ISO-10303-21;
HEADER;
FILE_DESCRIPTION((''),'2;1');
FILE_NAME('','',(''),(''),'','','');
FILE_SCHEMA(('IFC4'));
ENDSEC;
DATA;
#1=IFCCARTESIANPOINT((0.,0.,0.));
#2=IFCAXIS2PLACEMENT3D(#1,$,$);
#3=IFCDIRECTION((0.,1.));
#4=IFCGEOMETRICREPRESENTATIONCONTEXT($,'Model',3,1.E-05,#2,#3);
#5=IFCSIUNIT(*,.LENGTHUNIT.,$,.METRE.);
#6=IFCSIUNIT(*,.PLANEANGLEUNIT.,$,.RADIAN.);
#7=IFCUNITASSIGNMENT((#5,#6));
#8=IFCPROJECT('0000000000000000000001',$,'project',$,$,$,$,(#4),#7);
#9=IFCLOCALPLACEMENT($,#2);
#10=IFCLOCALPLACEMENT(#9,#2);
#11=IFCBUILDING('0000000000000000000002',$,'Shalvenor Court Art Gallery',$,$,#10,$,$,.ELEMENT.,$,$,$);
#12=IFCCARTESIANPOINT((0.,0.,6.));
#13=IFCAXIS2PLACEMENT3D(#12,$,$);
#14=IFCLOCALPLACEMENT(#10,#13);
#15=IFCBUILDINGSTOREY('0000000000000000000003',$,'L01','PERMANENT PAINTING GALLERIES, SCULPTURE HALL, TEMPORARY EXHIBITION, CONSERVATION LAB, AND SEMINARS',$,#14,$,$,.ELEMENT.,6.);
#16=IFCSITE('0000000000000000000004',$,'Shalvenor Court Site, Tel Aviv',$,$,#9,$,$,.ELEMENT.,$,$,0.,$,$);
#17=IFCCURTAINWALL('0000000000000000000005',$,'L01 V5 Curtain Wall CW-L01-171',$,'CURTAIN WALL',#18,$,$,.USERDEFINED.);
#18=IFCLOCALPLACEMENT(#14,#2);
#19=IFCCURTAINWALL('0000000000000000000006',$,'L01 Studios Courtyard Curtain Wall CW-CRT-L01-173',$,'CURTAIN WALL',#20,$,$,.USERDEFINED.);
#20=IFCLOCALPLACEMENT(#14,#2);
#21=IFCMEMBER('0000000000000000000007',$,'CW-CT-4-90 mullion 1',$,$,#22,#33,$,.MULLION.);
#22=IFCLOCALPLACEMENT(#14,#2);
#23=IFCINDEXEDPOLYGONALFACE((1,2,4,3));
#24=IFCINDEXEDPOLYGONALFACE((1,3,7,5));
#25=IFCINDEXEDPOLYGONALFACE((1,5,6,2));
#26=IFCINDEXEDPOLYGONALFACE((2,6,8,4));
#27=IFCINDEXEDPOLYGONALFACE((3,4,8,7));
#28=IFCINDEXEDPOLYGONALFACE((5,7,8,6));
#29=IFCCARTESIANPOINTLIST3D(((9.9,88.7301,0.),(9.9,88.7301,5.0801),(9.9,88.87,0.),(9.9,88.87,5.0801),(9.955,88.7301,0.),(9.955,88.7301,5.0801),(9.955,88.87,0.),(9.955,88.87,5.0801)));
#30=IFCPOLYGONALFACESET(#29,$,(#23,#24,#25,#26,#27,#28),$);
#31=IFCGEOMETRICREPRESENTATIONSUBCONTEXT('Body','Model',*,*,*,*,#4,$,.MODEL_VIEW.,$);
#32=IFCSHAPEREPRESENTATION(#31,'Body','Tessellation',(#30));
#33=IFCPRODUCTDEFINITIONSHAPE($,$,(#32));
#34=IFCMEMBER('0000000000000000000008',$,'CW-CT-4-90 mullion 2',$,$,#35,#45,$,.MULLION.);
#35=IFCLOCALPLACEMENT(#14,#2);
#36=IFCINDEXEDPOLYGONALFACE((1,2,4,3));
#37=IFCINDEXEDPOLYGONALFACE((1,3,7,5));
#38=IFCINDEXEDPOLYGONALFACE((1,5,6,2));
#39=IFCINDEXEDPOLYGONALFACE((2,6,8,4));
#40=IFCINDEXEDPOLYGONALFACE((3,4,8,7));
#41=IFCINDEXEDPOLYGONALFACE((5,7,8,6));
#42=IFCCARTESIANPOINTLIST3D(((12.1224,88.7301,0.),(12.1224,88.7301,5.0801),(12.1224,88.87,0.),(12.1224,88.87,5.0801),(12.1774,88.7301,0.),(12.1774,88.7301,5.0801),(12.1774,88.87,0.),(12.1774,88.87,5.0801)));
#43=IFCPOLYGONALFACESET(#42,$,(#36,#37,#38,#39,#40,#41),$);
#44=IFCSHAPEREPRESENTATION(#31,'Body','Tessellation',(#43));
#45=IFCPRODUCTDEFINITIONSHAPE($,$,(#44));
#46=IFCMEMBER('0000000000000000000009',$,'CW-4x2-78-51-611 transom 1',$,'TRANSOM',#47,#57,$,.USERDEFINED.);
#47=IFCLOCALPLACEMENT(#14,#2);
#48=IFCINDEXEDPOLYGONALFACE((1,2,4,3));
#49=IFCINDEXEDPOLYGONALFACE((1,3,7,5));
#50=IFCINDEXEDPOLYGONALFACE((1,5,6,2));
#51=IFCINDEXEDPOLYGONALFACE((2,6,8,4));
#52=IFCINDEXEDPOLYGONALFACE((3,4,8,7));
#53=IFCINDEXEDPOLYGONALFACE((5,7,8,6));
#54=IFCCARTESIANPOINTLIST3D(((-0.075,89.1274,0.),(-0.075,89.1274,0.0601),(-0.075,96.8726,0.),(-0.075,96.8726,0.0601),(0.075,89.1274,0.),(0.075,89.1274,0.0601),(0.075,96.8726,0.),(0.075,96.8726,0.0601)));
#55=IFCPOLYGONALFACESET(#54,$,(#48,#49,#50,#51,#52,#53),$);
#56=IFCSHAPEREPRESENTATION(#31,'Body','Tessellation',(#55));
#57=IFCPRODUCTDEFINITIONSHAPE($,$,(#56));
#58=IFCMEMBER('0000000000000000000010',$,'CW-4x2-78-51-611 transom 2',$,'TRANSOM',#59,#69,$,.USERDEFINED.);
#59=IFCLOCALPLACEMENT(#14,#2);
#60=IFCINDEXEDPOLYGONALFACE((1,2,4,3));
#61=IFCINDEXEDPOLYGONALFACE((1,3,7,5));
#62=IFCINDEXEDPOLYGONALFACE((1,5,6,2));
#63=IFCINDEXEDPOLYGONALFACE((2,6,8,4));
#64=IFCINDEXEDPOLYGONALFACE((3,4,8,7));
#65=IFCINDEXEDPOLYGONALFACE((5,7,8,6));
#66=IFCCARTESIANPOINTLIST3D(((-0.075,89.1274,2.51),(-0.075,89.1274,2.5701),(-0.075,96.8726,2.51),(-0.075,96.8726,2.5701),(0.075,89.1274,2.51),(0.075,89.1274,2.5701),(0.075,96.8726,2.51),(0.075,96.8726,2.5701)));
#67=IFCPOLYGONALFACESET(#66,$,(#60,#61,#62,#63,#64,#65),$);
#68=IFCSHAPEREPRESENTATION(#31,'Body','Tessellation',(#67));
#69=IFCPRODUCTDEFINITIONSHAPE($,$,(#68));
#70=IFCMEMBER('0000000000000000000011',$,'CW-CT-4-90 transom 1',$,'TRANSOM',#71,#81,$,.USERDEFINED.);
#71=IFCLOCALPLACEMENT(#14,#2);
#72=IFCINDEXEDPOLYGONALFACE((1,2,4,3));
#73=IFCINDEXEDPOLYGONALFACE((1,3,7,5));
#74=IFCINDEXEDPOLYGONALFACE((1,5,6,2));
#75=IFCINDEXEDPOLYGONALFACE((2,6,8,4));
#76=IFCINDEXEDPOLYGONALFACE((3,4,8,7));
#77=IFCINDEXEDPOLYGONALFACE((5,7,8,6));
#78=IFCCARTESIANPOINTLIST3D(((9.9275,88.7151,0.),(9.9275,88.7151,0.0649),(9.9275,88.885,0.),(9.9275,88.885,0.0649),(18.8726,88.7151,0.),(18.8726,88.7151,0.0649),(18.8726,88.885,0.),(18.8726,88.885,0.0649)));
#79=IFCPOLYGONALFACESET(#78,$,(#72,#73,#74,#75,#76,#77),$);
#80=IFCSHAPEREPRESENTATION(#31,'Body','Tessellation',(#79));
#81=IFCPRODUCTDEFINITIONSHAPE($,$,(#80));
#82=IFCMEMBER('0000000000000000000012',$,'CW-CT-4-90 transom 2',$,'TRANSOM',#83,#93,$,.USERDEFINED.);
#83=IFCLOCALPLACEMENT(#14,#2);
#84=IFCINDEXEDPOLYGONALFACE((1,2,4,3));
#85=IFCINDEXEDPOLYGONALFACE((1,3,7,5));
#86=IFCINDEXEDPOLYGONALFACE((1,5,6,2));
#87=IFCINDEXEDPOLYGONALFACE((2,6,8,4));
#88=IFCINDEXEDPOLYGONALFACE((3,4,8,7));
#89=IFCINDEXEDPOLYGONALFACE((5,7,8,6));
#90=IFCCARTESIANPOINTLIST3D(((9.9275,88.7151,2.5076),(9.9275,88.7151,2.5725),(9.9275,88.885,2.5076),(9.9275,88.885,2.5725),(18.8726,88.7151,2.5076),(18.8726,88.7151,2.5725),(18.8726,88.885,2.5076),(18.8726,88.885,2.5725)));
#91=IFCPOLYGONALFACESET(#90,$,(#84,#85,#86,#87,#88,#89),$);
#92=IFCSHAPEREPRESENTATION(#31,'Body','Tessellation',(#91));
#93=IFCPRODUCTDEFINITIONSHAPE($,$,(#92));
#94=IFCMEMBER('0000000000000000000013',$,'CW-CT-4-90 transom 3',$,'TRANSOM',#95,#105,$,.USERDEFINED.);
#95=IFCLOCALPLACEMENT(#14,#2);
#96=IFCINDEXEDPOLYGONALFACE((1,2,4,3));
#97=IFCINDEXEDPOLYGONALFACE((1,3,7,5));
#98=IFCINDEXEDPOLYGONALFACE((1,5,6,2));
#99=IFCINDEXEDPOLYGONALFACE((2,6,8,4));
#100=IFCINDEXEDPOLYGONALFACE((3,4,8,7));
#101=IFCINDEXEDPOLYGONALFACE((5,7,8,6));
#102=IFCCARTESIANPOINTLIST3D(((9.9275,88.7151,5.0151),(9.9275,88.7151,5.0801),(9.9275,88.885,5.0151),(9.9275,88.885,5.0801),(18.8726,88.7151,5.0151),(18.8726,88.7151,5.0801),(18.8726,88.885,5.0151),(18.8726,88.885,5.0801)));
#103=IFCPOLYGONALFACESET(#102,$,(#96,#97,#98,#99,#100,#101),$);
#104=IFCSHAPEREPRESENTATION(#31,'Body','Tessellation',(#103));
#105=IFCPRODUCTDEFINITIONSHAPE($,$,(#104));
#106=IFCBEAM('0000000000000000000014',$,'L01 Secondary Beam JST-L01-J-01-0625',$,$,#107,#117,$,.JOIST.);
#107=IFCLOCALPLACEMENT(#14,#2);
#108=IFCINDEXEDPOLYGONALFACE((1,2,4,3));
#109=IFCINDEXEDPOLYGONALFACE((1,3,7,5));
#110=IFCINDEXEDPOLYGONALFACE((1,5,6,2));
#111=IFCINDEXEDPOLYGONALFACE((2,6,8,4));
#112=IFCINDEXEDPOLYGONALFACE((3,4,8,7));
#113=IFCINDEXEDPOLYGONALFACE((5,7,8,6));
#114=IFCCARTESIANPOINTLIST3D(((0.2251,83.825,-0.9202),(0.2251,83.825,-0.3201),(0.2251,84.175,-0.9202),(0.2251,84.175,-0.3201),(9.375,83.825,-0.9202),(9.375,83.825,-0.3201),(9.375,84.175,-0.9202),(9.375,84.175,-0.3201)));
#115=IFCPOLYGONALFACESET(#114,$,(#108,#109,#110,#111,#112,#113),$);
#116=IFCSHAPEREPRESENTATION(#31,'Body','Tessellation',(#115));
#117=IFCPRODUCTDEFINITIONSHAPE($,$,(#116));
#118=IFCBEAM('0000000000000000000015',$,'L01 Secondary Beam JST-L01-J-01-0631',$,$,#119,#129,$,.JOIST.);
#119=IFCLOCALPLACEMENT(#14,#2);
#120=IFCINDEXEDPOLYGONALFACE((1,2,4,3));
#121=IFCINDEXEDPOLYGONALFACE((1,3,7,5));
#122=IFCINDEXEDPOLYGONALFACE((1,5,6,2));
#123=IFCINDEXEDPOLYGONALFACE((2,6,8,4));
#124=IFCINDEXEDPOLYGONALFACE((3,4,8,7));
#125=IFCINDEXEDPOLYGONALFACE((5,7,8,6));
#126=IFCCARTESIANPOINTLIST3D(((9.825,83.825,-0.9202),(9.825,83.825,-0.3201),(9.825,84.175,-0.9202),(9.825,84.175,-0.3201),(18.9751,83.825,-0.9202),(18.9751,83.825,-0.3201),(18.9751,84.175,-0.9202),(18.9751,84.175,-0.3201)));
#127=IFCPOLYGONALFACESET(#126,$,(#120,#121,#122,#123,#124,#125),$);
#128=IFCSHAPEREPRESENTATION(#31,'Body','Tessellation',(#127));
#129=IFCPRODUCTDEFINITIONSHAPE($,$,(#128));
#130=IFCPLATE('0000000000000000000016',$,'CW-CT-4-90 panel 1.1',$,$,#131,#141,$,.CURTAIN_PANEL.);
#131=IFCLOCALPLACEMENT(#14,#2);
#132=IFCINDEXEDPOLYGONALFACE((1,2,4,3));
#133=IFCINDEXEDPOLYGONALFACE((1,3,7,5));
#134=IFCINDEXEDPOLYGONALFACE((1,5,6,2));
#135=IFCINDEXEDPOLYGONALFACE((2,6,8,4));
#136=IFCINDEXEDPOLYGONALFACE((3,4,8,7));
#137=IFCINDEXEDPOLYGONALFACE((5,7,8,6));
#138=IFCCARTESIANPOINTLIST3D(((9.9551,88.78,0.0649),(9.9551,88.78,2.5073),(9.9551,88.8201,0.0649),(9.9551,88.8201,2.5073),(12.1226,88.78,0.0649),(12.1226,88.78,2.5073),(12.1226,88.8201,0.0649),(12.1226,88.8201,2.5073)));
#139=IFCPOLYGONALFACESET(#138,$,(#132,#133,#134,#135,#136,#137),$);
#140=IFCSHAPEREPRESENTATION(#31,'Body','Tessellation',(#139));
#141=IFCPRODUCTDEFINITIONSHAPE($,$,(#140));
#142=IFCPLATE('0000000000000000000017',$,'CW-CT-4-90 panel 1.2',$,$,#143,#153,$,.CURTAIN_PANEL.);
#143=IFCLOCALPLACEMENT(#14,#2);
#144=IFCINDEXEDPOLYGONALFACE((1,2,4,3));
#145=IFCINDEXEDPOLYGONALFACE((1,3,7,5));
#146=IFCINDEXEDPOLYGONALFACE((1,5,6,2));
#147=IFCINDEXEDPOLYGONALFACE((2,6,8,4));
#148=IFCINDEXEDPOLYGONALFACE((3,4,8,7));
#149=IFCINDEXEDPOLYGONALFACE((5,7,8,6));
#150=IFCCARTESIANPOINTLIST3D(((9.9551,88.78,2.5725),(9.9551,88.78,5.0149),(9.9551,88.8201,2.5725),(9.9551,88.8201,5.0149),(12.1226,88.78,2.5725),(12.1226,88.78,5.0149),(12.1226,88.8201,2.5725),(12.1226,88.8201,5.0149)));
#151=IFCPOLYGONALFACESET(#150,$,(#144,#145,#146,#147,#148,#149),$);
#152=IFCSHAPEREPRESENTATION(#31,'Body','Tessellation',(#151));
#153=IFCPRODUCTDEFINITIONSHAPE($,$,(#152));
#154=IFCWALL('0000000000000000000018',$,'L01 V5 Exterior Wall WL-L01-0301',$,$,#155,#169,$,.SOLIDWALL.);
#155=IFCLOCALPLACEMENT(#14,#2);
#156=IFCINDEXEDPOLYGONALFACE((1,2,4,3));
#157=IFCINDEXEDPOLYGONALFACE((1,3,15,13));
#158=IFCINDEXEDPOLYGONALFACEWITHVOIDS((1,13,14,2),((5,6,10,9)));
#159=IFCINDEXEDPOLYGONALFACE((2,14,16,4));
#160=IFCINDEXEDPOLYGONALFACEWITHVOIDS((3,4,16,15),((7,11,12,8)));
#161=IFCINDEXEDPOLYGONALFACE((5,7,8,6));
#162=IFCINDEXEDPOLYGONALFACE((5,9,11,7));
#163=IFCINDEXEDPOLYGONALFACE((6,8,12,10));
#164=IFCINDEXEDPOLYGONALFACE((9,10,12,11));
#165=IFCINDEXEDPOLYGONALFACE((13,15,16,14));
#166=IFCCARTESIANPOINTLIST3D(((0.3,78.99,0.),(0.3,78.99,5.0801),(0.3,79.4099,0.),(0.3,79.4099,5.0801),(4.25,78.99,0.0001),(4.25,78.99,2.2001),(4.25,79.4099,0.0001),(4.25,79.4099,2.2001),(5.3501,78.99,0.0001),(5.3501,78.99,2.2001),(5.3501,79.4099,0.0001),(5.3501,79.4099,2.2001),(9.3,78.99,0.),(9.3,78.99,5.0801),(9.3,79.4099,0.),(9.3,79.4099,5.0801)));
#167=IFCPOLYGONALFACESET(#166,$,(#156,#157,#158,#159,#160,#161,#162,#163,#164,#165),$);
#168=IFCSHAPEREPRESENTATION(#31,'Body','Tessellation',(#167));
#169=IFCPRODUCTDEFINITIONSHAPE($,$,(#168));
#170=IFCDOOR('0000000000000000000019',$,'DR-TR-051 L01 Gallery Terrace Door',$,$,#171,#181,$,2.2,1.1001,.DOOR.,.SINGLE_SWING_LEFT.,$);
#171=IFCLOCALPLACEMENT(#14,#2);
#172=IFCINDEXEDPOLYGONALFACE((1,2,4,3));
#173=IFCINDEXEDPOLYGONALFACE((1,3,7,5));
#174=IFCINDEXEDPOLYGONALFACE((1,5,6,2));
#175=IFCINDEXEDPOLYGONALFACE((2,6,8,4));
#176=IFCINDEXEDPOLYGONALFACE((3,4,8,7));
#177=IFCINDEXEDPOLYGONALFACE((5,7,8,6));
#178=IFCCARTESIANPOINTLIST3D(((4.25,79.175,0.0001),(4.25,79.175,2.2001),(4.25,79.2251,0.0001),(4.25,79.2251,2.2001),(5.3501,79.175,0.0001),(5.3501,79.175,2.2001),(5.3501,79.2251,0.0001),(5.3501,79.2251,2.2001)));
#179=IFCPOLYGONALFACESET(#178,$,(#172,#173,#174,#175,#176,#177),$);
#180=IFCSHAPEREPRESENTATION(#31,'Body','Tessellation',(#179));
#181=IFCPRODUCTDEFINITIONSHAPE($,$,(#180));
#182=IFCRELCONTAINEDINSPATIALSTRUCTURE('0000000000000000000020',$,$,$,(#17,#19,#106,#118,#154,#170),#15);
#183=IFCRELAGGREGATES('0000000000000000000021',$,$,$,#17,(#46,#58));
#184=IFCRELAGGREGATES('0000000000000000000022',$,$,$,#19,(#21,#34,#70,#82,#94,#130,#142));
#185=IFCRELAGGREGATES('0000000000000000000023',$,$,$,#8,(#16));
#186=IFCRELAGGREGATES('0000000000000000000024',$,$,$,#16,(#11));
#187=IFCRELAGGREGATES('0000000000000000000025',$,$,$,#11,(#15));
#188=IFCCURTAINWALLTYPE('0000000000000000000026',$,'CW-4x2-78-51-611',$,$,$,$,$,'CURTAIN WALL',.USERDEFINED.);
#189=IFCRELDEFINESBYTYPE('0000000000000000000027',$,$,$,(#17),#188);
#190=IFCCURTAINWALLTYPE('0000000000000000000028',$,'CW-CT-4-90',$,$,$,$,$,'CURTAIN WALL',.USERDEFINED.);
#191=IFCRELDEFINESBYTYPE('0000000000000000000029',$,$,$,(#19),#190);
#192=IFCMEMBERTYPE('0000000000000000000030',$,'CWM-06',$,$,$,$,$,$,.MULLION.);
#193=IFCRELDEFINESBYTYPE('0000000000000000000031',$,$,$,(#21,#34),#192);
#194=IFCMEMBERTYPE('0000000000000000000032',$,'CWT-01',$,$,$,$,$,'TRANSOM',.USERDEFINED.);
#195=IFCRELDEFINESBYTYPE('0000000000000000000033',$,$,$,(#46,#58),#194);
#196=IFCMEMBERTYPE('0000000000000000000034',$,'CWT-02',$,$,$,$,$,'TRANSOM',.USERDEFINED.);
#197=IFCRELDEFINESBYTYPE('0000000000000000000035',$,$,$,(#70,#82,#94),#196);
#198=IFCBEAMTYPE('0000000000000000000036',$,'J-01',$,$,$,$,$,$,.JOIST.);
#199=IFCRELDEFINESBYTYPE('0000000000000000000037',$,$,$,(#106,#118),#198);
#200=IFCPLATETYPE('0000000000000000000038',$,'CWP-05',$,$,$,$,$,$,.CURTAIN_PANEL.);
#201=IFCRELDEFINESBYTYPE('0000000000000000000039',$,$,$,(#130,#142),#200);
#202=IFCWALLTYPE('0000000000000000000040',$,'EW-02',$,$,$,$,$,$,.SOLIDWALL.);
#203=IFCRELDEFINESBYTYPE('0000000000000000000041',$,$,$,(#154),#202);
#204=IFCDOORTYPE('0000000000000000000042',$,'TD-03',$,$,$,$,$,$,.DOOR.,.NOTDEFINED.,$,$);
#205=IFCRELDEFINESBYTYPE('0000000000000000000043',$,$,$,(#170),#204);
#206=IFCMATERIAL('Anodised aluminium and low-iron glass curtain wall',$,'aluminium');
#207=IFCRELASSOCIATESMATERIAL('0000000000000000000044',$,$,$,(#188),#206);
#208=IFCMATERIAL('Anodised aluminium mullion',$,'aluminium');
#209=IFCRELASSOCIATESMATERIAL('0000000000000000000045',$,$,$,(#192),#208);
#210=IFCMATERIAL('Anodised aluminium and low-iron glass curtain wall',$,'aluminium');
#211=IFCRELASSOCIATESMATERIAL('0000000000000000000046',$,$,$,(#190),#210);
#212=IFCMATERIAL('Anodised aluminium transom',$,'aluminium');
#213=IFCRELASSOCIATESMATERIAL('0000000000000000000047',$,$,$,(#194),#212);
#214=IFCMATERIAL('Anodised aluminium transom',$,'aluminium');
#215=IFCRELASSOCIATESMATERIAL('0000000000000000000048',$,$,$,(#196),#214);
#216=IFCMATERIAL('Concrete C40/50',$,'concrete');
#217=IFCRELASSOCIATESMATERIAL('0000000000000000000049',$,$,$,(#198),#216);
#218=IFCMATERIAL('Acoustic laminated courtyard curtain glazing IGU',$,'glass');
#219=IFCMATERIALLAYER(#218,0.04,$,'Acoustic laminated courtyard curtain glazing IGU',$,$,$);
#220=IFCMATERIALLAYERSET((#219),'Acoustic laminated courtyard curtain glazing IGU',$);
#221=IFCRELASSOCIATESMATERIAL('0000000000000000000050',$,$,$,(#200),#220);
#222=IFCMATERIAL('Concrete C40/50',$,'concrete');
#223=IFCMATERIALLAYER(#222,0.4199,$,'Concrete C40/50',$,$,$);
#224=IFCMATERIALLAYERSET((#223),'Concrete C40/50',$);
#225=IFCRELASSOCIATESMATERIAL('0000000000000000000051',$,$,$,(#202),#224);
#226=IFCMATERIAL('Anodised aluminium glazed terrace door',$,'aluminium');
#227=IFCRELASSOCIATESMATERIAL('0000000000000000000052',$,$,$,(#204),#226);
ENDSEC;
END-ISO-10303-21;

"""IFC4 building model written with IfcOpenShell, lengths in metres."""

from ifc_helpers import new_model, si_unit, direction, frame, frame_2d, origin, origin_2d, place, context, subcontext, project, spatial, rectangle, extrude, material, layer, layer_set, material_profile, profile_set, type_object, element, fill, aggregate, save


model = new_model("IFC4")

# Units and contexts
model_context = context("Model", 3, precision=1e-05, world=origin(), true_north=direction((0.0, 1.0)))
body_context = subcontext(model_context, "Body", "Model", "MODEL_VIEW")
ifc_project = project(units=[si_unit("LENGTHUNIT", "METRE"), si_unit("PLANEANGLEUNIT", "RADIAN")], contexts=[model_context])

# Site, building, storey
site_placement = place(None, origin())
site = spatial("IfcSite", under=ifc_project, at=site_placement, Name="Shalvenor Court Site, Tel Aviv", CompositionType="ELEMENT", RefElevation=0.0)
building_placement = place(site_placement, origin())
building = spatial("IfcBuilding", under=site, at=building_placement, Name="Shalvenor Court Art Gallery", CompositionType="ELEMENT")
storey_placement = place(building_placement, frame((0.0, 0.0, 6.0)))
storey = spatial("IfcBuildingStorey", under=building, at=storey_placement, Name="L01", Description="PERMANENT PAINTING GALLERIES, SCULPTURE HALL, TEMPORARY EXHIBITION, CONSERVATION LAB, AND SEMINARS", CompositionType="ELEMENT", Elevation=6.0)

# Curtain wall
ifc_material_1 = material(Name="Anodised aluminium and low-iron glass curtain wall", Category="aluminium")
curtain_wall_type_1 = type_object("IfcCurtainWallType", Name="CW-4x2-78-51-611", ElementType="CURTAIN WALL", PredefinedType="USERDEFINED", material=ifc_material_1)
curtain_wall_1_placement = place(storey_placement, origin())
curtain_wall_1 = element("IfcCurtainWall", 1, at=curtain_wall_1_placement, inside=storey, type_object=curtain_wall_type_1, Name="L01 V5 Curtain Wall CW-L01-171", ObjectType="CURTAIN WALL", PredefinedType="USERDEFINED")
ifc_material_2 = material(Name="Anodised aluminium mullion", Category="aluminium")
ifc_material_profile_1 = material_profile(ifc_material_2, rectangle(XDim=0.0549, YDim=0.1399, at=origin_2d()), Name="CWM-06")
ifc_profile_set_1 = profile_set([ifc_material_profile_1], Name="Anodised aluminium mullion")
member_type_1 = type_object("IfcMemberType", Name="CWM-06", PredefinedType="MULLION", material=ifc_profile_set_1)

# Curtain wall, members
ifc_material_3 = material(Name="Anodised aluminium and low-iron glass curtain wall", Category="aluminium")
curtain_wall_type_2 = type_object("IfcCurtainWallType", Name="CW-CT-4-90", ElementType="CURTAIN WALL", PredefinedType="USERDEFINED", material=ifc_material_3)
curtain_wall_2_placement = place(storey_placement, origin())
curtain_wall_2 = element("IfcCurtainWall", 2, at=curtain_wall_2_placement, inside=storey, type_object=curtain_wall_type_2, Name="L01 Studios Courtyard Curtain Wall CW-CRT-L01-173", ObjectType="CURTAIN WALL", PredefinedType="USERDEFINED")
member_1_placement = place(storey_placement, frame((9.9275, 88.8, 0.0), z_axis=(0.0, 0.0, 1.0), x_axis=(1.0, 0.0, 0.0)))
member_1 = element("IfcMember", 3, at=member_1_placement, type_object=member_type_1, Name="CW-CT-4-90 mullion 1", PredefinedType="MULLION", context=body_context, shape_type="SweptSolid", body=[
    extrude(rectangle(XDim=0.0549, YDim=0.1399, at=origin_2d()), origin(), (0.0, 0.0, 1.0), 5.0801),
])
member_2_placement = place(storey_placement, frame((12.1499, 88.8, 0.0), z_axis=(0.0, 0.0, 1.0), x_axis=(1.0, 0.0, 0.0)))
member_2 = element("IfcMember", 4, at=member_2_placement, type_object=member_type_1, Name="CW-CT-4-90 mullion 2", PredefinedType="MULLION", context=body_context, shape_type="SweptSolid", body=[
    extrude(rectangle(XDim=0.0549, YDim=0.1399, at=origin_2d()), origin(), (0.0, 0.0, 1.0), 5.0801),
])

# Members
ifc_material_4 = material(Name="Anodised aluminium transom", Category="aluminium")
ifc_material_profile_2 = material_profile(ifc_material_4, rectangle(XDim=0.1499, YDim=0.0601, at=origin_2d()), Name="CWT-01")
ifc_profile_set_2 = profile_set([ifc_material_profile_2], Name="Anodised aluminium transom")
member_type_2 = type_object("IfcMemberType", Name="CWT-01", ElementType="TRANSOM", PredefinedType="USERDEFINED", material=ifc_profile_set_2)
member_3_placement = place(storey_placement, frame((0.0, 89.1274, 0.03), z_axis=(0.0, 1.0, 0.0), x_axis=(-1.0, 0.0, 0.0)))
member_3 = element("IfcMember", 5, at=member_3_placement, type_object=member_type_2, Name="CW-4x2-78-51-611 transom 1", ObjectType="TRANSOM", PredefinedType="USERDEFINED", context=body_context, shape_type="SweptSolid", body=[
    extrude(rectangle(XDim=0.1499, YDim=0.0601, at=origin_2d()), origin(), (0.0, 0.0, 1.0), 7.7451),
])
member_4_placement = place(storey_placement, frame((0.0, 89.1274, 2.54), z_axis=(0.0, 1.0, 0.0), x_axis=(-1.0, 0.0, 0.0)))
member_4 = element("IfcMember", 6, at=member_4_placement, type_object=member_type_2, Name="CW-4x2-78-51-611 transom 2", ObjectType="TRANSOM", PredefinedType="USERDEFINED", context=body_context, shape_type="SweptSolid", body=[
    extrude(rectangle(XDim=0.1499, YDim=0.0601, at=origin_2d()), origin(), (0.0, 0.0, 1.0), 7.7451),
])
aggregate(curtain_wall_1, [member_3, member_4])
ifc_material_5 = material(Name="Anodised aluminium transom", Category="aluminium")
ifc_material_profile_3 = material_profile(ifc_material_5, rectangle(XDim=0.1699, YDim=0.0649, at=origin_2d()), Name="CWT-02")
ifc_profile_set_3 = profile_set([ifc_material_profile_3], Name="Anodised aluminium transom")
member_type_3 = type_object("IfcMemberType", Name="CWT-02", ElementType="TRANSOM", PredefinedType="USERDEFINED", material=ifc_profile_set_3)
member_5_placement = place(storey_placement, frame((9.9275, 88.8, 0.0325), z_axis=(1.0, 0.0, 0.0), x_axis=(0.0, 1.0, 0.0)))
member_5 = element("IfcMember", 7, at=member_5_placement, type_object=member_type_3, Name="CW-CT-4-90 transom 1", ObjectType="TRANSOM", PredefinedType="USERDEFINED", context=body_context, shape_type="SweptSolid", body=[
    extrude(rectangle(XDim=0.1699, YDim=0.0649, at=origin_2d()), origin(), (0.0, 0.0, 1.0), 8.9451),
])
member_6_placement = place(storey_placement, frame((9.9275, 88.8, 2.54), z_axis=(1.0, 0.0, 0.0), x_axis=(0.0, 1.0, 0.0)))
member_6 = element("IfcMember", 8, at=member_6_placement, type_object=member_type_3, Name="CW-CT-4-90 transom 2", ObjectType="TRANSOM", PredefinedType="USERDEFINED", context=body_context, shape_type="SweptSolid", body=[
    extrude(rectangle(XDim=0.1699, YDim=0.0649, at=origin_2d()), origin(), (0.0, 0.0, 1.0), 8.9451),
])
member_7_placement = place(storey_placement, frame((9.9275, 88.8, 5.0476), z_axis=(1.0, 0.0, 0.0), x_axis=(0.0, 1.0, 0.0)))
member_7 = element("IfcMember", 9, at=member_7_placement, type_object=member_type_3, Name="CW-CT-4-90 transom 3", ObjectType="TRANSOM", PredefinedType="USERDEFINED", context=body_context, shape_type="SweptSolid", body=[
    extrude(rectangle(XDim=0.1699, YDim=0.0649, at=origin_2d()), origin(), (0.0, 0.0, 1.0), 8.9451),
])

# Beams
ifc_material_6 = material(Name="Concrete C40/50", Category="concrete")
ifc_material_profile_4 = material_profile(ifc_material_6, rectangle(XDim=0.3501, YDim=0.6001, at=origin_2d()), Name="RC 350x600")
ifc_profile_set_4 = profile_set([ifc_material_profile_4], Name="Concrete C40/50")
beam_type_1 = type_object("IfcBeamType", Name="J-01", PredefinedType="JOIST", material=ifc_profile_set_4)
beam_1_placement = place(storey_placement, frame((0.2251, 84.0, -0.6201), z_axis=(1.0, 0.0, 0.0), x_axis=(0.0, 1.0, 0.0)))
element("IfcBeam", 10, at=beam_1_placement, inside=storey, type_object=beam_type_1, Name="L01 Secondary Beam JST-L01-J-01-0625", PredefinedType="JOIST", context=body_context, shape_type="SweptSolid", body=[
    extrude(rectangle(XDim=0.3501, YDim=0.6001, at=origin_2d()), origin(), (0.0, 0.0, 1.0), 9.1499),
])
beam_2_placement = place(storey_placement, frame((9.825, 84.0, -0.6201), z_axis=(1.0, 0.0, 0.0), x_axis=(0.0, 1.0, 0.0)))
element("IfcBeam", 11, at=beam_2_placement, inside=storey, type_object=beam_type_1, Name="L01 Secondary Beam JST-L01-J-01-0631", PredefinedType="JOIST", context=body_context, shape_type="SweptSolid", body=[
    extrude(rectangle(XDim=0.3501, YDim=0.6001, at=origin_2d()), origin(), (0.0, 0.0, 1.0), 9.1501),
])

# Plates
ifc_material_7 = material(Name="Acoustic laminated courtyard curtain glazing IGU", Category="glass")
ifc_layer_1 = layer(ifc_material_7, 0.04, Name="Acoustic laminated courtyard curtain glazing IGU")
ifc_layer_set_1 = layer_set([ifc_layer_1], Name="Acoustic laminated courtyard curtain glazing IGU")
plate_type = type_object("IfcPlateType", Name="CWP-05", PredefinedType="CURTAIN_PANEL", material=ifc_layer_set_1)
plate_1_placement = place(storey_placement, frame((11.0388, 88.8, 0.0649), z_axis=(0.0, 0.0, 1.0), x_axis=(1.0, 0.0, 0.0)))
plate_1 = element("IfcPlate", 12, at=plate_1_placement, type_object=plate_type, Name="CW-CT-4-90 panel 1.1", PredefinedType="CURTAIN_PANEL", context=body_context, shape_type="SweptSolid", body=[
    extrude(rectangle(XDim=2.1675, YDim=0.04, at=origin_2d()), origin(), (0.0, 0.0, 1.0), 2.4424),
])
plate_2_placement = place(storey_placement, frame((11.0388, 88.8, 2.5725), z_axis=(0.0, 0.0, 1.0), x_axis=(1.0, 0.0, 0.0)))
plate_2 = element("IfcPlate", 13, at=plate_2_placement, type_object=plate_type, Name="CW-CT-4-90 panel 1.2", PredefinedType="CURTAIN_PANEL", context=body_context, shape_type="SweptSolid", body=[
    extrude(rectangle(XDim=2.1675, YDim=0.04, at=origin_2d()), origin(), (0.0, 0.0, 1.0), 2.4424),
])
aggregate(curtain_wall_2, [member_1, member_2, member_5, member_6, member_7, plate_1, plate_2])

# Wall, opening, door
ifc_material_8 = material(Name="Concrete C40/50", Category="concrete")
ifc_layer_2 = layer(ifc_material_8, 0.4199, Name="Concrete C40/50")
ifc_layer_set_2 = layer_set([ifc_layer_2], Name="Concrete C40/50")
wall_type = type_object("IfcWallType", Name="EW-02", PredefinedType="SOLIDWALL", material=ifc_layer_set_2)
wall_1_placement = place(storey_placement, frame((9.3, 79.2, 0.0), z_axis=(0.0, 0.0, 1.0), x_axis=(-1.0, 0.0, 0.0)))
wall_1 = element("IfcWall", 14, at=wall_1_placement, inside=storey, type_object=wall_type, Name="L01 V5 Exterior Wall WL-L01-0301", PredefinedType="SOLIDWALL", context=body_context, shape_type="SweptSolid", body=[
    extrude(rectangle(XDim=9.0, YDim=0.4199, at=frame_2d((4.5, 0.0))), origin(), (0.0, 0.0, 1.0), 5.0801),
])
opening_placement = place(wall_1_placement, frame((3.95, 0.0, 0.0)))
opening = element("IfcOpeningElement", 15, at=opening_placement, cuts=wall_1, PredefinedType="OPENING", context=body_context, shape_type="SweptSolid", body=[
    extrude(rectangle(XDim=1.1001, YDim=2.2, at=frame_2d((0.55, 1.1001))), frame((0.0, 0.22, 0.0), z_axis=(0.0, -1.0, 0.0), x_axis=(1.0, 0.0, 0.0)), (0.0, 0.0, 1.0), 0.4399),
])
ifc_material_9 = material(Name="Anodised aluminium glazed terrace door", Category="aluminium")
door_type = type_object("IfcDoorType", Name="TD-03", OperationType="NOTDEFINED", PredefinedType="DOOR", material=ifc_material_9)
door_placement = place(opening_placement, origin())
door = element("IfcDoor", 16, at=door_placement, inside=storey, type_object=door_type, Name="DR-TR-051 L01 Gallery Terrace Door", OperationType="SINGLE_SWING_LEFT", OverallHeight=2.2, OverallWidth=1.1001, PredefinedType="DOOR", context=body_context, shape_type="SweptSolid", body=[
    extrude(rectangle(XDim=1.1001, YDim=2.2, at=frame_2d((0.55, 1.1001))), frame((0.0, 0.0249, 0.0), z_axis=(0.0, -1.0, 0.0), x_axis=(1.0, 0.0, 0.0)), (0.0, 0.0, 1.0), 0.05),
])
fill(opening, door)

save(model, "model.ifc")
